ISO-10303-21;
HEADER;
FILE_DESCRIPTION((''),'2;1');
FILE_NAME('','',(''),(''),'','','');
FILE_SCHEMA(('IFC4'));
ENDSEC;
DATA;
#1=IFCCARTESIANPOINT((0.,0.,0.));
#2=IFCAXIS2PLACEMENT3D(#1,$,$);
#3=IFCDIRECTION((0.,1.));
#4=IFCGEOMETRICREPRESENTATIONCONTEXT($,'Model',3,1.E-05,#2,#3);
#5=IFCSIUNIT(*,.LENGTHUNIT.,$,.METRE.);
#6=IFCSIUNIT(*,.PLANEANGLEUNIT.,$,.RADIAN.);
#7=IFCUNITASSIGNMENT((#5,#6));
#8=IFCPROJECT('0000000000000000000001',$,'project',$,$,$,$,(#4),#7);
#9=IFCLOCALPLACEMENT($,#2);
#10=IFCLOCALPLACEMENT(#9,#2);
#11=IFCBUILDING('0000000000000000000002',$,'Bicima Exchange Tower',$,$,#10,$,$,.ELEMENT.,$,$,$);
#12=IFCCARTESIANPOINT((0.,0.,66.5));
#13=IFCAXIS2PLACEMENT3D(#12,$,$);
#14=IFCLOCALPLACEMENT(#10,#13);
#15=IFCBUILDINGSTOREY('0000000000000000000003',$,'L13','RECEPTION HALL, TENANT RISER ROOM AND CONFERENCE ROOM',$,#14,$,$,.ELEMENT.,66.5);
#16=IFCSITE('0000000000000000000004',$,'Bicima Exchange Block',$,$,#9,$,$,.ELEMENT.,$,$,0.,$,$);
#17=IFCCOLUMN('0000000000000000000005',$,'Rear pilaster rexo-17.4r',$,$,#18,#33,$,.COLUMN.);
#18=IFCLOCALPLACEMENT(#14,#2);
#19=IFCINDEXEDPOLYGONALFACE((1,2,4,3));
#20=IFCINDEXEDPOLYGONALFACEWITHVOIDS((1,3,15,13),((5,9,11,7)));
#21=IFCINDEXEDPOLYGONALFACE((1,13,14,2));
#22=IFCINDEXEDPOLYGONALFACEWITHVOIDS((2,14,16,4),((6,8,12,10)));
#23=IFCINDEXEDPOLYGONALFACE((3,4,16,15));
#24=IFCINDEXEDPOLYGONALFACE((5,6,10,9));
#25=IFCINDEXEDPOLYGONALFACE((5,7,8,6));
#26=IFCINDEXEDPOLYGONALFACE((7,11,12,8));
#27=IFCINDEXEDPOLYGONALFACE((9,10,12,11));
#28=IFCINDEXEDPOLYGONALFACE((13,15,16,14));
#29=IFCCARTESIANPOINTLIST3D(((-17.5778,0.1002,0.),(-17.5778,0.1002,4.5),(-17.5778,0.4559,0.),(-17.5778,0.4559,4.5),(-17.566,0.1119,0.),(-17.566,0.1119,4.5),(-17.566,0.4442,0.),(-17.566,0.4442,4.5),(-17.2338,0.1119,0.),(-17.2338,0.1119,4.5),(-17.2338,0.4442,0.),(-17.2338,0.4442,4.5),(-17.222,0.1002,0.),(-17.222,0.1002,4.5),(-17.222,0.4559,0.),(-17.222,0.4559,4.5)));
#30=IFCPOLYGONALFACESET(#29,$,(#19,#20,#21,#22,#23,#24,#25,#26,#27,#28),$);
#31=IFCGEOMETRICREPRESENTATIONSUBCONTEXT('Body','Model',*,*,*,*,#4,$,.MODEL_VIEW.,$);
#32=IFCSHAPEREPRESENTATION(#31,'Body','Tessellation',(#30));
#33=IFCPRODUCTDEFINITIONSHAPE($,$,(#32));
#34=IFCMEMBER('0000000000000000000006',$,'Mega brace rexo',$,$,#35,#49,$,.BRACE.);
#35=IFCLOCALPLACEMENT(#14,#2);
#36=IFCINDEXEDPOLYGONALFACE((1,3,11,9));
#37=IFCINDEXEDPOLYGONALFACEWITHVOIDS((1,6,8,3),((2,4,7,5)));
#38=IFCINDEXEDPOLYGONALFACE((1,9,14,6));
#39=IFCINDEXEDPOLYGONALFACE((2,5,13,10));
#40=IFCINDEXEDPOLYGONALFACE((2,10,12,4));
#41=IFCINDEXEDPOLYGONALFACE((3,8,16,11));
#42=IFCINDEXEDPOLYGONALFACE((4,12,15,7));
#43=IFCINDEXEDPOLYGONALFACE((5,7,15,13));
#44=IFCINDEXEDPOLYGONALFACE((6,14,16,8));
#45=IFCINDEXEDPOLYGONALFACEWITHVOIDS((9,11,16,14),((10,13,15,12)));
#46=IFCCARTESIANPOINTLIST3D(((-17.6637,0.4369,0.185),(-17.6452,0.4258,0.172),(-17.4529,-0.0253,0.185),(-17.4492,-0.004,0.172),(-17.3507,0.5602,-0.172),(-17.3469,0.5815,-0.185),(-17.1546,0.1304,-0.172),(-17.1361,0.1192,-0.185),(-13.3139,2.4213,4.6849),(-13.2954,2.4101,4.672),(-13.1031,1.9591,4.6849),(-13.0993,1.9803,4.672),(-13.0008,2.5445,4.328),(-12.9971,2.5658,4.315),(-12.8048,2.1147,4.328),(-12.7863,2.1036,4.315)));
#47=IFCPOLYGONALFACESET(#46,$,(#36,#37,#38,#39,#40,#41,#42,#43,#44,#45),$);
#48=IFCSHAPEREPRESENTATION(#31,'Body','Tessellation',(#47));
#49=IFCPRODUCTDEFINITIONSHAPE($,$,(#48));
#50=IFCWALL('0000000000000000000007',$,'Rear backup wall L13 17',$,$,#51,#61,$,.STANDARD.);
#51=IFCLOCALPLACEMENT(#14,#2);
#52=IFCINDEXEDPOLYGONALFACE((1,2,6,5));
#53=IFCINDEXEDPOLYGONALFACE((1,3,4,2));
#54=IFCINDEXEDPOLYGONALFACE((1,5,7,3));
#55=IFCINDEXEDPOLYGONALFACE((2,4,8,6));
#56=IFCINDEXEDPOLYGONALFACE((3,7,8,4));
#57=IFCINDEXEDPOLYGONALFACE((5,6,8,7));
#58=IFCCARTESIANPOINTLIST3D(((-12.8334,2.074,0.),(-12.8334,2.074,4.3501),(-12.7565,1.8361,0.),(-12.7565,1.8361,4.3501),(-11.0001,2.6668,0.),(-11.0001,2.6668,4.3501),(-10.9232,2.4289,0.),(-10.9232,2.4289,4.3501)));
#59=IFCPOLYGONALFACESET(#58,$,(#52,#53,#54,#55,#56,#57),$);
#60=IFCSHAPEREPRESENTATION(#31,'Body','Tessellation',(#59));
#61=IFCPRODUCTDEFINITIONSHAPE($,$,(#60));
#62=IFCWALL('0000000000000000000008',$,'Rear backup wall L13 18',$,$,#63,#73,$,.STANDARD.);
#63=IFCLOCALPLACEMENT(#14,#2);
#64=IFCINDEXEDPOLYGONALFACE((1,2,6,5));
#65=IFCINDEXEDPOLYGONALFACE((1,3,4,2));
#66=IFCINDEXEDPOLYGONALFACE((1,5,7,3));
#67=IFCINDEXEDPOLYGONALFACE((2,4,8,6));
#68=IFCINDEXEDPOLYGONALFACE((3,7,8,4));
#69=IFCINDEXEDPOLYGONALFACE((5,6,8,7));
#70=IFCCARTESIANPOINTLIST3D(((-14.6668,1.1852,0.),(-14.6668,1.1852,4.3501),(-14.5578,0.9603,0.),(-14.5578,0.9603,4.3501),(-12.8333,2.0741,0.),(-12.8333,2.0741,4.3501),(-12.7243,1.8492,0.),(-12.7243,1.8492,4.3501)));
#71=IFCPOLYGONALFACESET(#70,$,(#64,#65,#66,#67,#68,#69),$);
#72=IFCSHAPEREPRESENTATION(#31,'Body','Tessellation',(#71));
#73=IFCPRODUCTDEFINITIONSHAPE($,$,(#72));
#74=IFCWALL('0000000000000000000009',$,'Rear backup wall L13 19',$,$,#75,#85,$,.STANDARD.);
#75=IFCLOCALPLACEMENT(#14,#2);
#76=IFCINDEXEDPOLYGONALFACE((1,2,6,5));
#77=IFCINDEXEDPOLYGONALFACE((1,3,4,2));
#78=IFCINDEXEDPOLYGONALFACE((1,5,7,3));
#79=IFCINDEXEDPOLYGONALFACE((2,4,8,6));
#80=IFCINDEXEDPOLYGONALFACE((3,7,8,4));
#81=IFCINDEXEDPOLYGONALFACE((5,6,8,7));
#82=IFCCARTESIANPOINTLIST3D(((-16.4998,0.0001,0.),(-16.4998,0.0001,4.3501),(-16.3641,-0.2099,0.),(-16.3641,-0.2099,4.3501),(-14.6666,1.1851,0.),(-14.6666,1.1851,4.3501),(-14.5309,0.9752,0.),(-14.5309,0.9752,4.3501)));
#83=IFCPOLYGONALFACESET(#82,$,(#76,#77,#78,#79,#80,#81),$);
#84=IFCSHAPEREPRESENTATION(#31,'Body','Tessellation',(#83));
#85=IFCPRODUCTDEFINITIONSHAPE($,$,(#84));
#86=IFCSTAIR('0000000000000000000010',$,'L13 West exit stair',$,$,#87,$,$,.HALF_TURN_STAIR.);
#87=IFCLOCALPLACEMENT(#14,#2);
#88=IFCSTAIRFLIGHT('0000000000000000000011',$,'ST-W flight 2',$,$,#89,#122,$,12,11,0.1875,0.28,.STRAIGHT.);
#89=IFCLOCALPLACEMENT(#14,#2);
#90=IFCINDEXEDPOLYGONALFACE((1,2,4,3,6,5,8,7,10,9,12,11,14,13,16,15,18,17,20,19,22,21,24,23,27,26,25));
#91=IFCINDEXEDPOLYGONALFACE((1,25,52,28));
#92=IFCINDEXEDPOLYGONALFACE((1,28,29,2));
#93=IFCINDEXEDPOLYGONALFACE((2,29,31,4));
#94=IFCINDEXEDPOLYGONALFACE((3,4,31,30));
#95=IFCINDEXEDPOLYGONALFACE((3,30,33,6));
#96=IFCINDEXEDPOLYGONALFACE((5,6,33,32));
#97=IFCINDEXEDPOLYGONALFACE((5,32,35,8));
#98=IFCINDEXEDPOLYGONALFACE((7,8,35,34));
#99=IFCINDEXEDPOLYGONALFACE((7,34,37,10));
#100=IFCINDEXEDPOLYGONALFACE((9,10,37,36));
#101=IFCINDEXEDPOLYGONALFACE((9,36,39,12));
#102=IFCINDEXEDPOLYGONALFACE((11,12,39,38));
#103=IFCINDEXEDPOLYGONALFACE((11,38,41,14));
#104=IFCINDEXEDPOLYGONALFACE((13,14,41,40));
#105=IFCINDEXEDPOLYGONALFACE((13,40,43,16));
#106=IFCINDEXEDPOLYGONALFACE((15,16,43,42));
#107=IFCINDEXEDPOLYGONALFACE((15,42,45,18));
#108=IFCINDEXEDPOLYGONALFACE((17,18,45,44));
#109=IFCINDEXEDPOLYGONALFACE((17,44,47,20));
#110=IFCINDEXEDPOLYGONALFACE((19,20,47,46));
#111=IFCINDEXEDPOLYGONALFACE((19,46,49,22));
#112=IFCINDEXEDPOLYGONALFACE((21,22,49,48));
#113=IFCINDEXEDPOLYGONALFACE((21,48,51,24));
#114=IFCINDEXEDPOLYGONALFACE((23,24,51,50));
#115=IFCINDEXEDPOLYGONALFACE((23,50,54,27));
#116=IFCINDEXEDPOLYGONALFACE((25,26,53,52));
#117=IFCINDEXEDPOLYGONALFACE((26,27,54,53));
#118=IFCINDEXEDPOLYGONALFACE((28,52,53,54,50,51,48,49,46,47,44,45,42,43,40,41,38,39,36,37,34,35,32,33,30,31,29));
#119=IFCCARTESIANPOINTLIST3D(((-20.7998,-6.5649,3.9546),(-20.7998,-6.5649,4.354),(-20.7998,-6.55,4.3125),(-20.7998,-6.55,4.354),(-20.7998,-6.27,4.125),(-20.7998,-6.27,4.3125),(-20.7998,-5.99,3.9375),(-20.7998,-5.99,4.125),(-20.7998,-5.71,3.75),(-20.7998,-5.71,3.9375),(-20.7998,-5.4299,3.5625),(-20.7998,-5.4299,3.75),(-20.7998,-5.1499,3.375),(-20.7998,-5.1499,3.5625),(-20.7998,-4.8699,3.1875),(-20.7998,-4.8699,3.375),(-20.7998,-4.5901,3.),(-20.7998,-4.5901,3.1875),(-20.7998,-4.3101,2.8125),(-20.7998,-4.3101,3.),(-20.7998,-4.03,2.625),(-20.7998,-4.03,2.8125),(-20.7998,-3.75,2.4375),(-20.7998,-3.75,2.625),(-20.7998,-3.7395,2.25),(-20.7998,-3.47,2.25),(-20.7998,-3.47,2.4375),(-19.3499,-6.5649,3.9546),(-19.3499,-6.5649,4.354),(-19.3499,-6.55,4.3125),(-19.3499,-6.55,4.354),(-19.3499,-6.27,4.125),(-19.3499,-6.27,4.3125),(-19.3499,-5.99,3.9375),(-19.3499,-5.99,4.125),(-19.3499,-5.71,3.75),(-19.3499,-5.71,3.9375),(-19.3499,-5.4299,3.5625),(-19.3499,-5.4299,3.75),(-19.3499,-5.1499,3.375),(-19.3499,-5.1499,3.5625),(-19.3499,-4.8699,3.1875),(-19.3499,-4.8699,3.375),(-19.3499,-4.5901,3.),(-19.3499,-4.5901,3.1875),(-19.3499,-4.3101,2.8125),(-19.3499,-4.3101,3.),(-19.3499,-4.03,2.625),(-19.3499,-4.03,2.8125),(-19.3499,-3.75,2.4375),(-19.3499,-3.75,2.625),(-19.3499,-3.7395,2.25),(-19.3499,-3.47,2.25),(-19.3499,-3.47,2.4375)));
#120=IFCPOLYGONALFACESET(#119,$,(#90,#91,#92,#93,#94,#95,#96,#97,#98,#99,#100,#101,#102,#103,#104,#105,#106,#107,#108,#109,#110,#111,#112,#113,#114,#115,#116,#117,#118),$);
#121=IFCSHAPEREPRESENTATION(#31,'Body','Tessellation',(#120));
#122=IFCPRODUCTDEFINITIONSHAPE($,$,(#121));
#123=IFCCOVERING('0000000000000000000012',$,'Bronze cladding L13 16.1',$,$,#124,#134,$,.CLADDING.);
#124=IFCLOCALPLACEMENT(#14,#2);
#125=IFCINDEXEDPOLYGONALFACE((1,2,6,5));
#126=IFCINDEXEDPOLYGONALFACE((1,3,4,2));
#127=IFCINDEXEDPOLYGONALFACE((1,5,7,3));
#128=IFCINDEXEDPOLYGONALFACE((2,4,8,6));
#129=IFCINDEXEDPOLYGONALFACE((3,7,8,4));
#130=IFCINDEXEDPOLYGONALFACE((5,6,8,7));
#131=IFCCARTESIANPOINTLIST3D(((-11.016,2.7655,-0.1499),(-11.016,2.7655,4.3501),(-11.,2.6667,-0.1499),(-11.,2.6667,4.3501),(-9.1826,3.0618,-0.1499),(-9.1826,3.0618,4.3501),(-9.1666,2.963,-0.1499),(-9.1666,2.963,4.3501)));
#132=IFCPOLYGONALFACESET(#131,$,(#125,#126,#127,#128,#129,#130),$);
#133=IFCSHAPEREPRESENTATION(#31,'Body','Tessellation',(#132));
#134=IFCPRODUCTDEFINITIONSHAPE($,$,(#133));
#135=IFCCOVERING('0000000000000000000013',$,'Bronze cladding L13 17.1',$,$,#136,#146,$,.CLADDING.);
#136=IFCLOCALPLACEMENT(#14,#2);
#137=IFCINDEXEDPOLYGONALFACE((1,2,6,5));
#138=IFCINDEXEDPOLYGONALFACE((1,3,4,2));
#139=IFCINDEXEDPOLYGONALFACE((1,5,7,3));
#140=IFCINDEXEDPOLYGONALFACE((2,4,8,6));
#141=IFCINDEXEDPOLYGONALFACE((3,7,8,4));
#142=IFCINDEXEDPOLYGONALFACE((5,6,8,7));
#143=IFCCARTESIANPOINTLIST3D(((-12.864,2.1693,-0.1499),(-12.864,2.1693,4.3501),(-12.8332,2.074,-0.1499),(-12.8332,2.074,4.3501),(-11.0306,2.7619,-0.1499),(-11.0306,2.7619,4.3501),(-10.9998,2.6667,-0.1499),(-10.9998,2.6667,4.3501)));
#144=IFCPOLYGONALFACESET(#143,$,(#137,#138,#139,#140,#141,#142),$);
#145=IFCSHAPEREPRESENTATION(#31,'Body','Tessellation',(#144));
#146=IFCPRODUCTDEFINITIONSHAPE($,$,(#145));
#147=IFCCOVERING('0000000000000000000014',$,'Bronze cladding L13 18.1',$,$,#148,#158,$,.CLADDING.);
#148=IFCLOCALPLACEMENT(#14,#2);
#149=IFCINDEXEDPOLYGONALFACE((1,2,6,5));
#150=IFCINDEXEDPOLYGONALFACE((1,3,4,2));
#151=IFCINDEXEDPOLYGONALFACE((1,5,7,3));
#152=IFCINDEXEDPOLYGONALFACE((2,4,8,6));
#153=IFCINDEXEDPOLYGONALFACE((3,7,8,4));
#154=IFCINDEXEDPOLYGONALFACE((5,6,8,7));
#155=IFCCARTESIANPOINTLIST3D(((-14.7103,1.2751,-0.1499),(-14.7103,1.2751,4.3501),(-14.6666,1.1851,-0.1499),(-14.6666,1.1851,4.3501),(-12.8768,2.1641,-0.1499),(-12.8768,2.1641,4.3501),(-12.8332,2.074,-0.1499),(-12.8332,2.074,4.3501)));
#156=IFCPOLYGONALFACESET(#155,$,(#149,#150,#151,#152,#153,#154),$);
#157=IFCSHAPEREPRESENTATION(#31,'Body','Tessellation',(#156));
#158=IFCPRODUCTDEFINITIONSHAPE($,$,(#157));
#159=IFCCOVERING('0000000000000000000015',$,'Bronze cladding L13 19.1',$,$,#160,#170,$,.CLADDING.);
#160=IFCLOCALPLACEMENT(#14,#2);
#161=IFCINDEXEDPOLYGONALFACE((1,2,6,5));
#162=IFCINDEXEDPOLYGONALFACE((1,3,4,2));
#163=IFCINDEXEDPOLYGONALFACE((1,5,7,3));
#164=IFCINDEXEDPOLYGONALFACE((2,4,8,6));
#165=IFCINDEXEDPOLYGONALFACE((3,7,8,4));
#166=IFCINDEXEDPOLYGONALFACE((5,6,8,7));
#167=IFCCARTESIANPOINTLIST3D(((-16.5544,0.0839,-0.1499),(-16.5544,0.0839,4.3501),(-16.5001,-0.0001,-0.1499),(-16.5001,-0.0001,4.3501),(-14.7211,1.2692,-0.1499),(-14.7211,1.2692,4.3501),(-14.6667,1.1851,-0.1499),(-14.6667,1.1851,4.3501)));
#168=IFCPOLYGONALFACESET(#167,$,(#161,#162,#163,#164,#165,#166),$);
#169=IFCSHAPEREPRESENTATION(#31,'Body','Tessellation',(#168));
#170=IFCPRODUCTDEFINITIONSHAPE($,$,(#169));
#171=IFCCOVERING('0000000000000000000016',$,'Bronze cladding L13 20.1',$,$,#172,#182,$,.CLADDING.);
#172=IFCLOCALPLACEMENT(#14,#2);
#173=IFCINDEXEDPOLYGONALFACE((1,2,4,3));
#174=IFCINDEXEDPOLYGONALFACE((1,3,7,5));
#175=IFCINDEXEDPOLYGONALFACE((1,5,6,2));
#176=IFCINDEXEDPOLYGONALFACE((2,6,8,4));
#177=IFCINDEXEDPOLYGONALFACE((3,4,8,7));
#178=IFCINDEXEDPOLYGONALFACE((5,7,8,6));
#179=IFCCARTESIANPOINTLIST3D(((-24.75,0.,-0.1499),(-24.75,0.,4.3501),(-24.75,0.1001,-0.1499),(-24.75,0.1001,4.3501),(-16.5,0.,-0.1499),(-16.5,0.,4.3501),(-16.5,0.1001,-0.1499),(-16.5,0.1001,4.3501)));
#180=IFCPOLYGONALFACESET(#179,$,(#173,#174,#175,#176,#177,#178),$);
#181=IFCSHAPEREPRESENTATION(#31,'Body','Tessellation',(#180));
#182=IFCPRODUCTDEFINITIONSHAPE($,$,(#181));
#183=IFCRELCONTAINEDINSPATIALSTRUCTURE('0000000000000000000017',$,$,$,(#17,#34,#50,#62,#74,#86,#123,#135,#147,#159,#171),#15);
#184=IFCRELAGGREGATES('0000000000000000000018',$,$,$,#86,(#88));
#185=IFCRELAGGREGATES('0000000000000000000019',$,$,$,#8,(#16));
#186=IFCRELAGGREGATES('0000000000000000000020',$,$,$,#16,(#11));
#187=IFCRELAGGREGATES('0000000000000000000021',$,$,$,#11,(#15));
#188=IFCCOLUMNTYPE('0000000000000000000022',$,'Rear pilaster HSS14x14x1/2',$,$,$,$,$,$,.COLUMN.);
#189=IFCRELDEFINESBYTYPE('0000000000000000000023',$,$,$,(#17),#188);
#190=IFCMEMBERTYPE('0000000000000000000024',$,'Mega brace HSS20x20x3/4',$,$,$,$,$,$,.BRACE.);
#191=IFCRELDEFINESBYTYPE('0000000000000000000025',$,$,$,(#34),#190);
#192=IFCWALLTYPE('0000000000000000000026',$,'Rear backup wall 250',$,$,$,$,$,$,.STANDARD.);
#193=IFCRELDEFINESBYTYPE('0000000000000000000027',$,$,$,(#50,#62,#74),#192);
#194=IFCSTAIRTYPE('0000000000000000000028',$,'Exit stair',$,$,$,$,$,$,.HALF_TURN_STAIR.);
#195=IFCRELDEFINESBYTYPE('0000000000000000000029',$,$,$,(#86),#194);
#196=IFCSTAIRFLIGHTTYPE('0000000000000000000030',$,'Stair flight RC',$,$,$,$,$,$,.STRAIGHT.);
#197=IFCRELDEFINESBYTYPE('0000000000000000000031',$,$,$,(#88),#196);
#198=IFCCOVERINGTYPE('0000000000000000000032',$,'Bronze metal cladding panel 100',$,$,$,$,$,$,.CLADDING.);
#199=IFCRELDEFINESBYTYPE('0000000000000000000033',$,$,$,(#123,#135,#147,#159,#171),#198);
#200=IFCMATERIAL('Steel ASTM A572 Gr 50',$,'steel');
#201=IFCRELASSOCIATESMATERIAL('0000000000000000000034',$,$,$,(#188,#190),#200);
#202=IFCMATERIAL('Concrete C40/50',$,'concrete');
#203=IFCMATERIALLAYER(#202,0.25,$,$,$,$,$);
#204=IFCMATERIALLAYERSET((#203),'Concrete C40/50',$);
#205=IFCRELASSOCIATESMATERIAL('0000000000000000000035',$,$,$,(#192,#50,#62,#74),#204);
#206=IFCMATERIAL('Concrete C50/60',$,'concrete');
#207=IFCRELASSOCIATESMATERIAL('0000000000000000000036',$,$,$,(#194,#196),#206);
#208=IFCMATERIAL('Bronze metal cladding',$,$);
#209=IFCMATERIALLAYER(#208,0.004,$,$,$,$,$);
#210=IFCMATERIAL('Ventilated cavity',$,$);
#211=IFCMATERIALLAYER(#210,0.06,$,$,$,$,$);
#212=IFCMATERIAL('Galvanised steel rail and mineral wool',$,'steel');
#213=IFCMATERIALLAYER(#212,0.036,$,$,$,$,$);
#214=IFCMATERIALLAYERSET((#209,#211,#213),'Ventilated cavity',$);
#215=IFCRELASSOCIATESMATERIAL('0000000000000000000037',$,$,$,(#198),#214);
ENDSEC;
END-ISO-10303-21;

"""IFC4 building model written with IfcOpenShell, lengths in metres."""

from ifc_helpers import new_model, si_unit, direction, frame, frame_2d, origin, origin_2d, place, context, subcontext, project, spatial, polyline, rectangle, hollow_rectangle, outline, extrude, material, layer, layer_set, layer_usage, material_profile, profile_set, type_object, element, aggregate, save


model = new_model("IFC4")

# Units and contexts
model_context = context("Model", 3, precision=1e-05, world=origin(), true_north=direction((0.0, 1.0)))
body_context = subcontext(model_context, "Body", "Model", "MODEL_VIEW")
ifc_project = project(units=[si_unit("LENGTHUNIT", "METRE"), si_unit("PLANEANGLEUNIT", "RADIAN")], contexts=[model_context])

# Site, building, storey
site_placement = place(None, origin())
site = spatial("IfcSite", under=ifc_project, at=site_placement, Name="Bicima Exchange Block", CompositionType="ELEMENT", RefElevation=0.0)
building_placement = place(site_placement, origin())
building = spatial("IfcBuilding", under=site, at=building_placement, Name="Bicima Exchange Tower", CompositionType="ELEMENT")
storey_placement = place(building_placement, frame((0.0, 0.0, 66.5)))
storey = spatial("IfcBuildingStorey", under=building, at=storey_placement, Name="L13", Description="RECEPTION HALL, TENANT RISER ROOM AND CONFERENCE ROOM", CompositionType="ELEMENT", Elevation=66.5)

# Column
ifc_material_1 = material(Name="Steel ASTM A572 Gr 50", Category="steel")
ifc_material_profile_1 = material_profile(ifc_material_1, hollow_rectangle(XDim=0.3557, YDim=0.3557, WallThickness=0.0117, at=origin_2d()))
ifc_profile_set_1 = profile_set([ifc_material_profile_1], Name="Steel ASTM A572 Gr 50")
column_type = type_object("IfcColumnType", Name="Rear pilaster HSS14x14x1/2", PredefinedType="COLUMN", material=ifc_profile_set_1)
column_placement = place(storey_placement, frame((-17.3999, 0.2781, 0.0), z_axis=(0.0, 0.0, 1.0), x_axis=(1.0, 0.0, 0.0)))
element("IfcColumn", 1, at=column_placement, inside=storey, type_object=column_type, Name="Rear pilaster rexo-17.4r", PredefinedType="COLUMN", context=body_context, shape_type="SweptSolid", body=[
    extrude(hollow_rectangle(XDim=0.3557, YDim=0.3557, WallThickness=0.0117, at=origin_2d()), origin(), (0.0, 0.0, 1.0), 4.5),
])

# Member
ifc_material_profile_2 = material_profile(ifc_material_1, hollow_rectangle(XDim=0.5081, YDim=0.5081, WallThickness=0.0178, at=origin_2d()))
ifc_profile_set_2 = profile_set([ifc_material_profile_2], Name="Steel ASTM A572 Gr 50")
member_type = type_object("IfcMemberType", Name="Mega brace HSS20x20x3/4", PredefinedType="BRACE", material=ifc_profile_set_2)
member_placement = place(storey_placement, frame((-17.3999, 0.2781, 0.0), z_axis=(0.662508, 0.302232, 0.685376), x_axis=(-0.415045, 0.909801, 0.0)))
element("IfcMember", 2, at=member_placement, inside=storey, type_object=member_type, Name="Mega brace rexo", PredefinedType="BRACE", context=body_context, shape_type="SweptSolid", body=[
    extrude(hollow_rectangle(XDim=0.5081, YDim=0.5081, WallThickness=0.0178, at=origin_2d()), origin(), (0.0, 0.0, 1.0), 6.5657),
])

# Walls
ifc_material_2 = material(Name="Concrete C40/50", Category="concrete")
ifc_layer_1 = layer(ifc_material_2, 0.25)
ifc_layer_set_1 = layer_set([ifc_layer_1], Name="Concrete C40/50")
ifc_layer_usage = layer_usage(ifc_layer_set_1, "AXIS2", "POSITIVE", -0.125)
wall_type = type_object("IfcWallType", Name="Rear backup wall 250", PredefinedType="STANDARD", material=ifc_layer_set_1)
wall_1_placement = place(storey_placement, frame((-10.9617, 2.5479, 0.0), z_axis=(0.0, 0.0, 1.0), x_axis=(-0.951496, -0.307662, 0.0)))
element("IfcWall", 3, at=wall_1_placement, inside=storey, type_object=wall_type, material=ifc_layer_usage, Name="Rear backup wall L13 17", PredefinedType="STANDARD", context=body_context, shape_type="SweptSolid", body=[
    extrude(rectangle(XDim=1.9268, YDim=0.25, at=frame_2d((0.9634, 0.0))), origin(), (0.0, 0.0, 1.0), 4.3501),
])
wall_2_placement = place(storey_placement, frame((-12.7788, 1.9617, 0.0), z_axis=(0.0, 0.0, 1.0), x_axis=(-0.899824, -0.436253, 0.0)))
element("IfcWall", 4, at=wall_2_placement, inside=storey, type_object=wall_type, material=ifc_layer_usage, Name="Rear backup wall L13 18", PredefinedType="STANDARD", context=body_context, shape_type="SweptSolid", body=[
    extrude(rectangle(XDim=2.0376, YDim=0.25, at=frame_2d((1.0188, 0.0))), origin(), (0.0, 0.0, 1.0), 4.3501),
])
wall_3_placement = place(storey_placement, frame((-14.5989, 1.0801, 0.0), z_axis=(0.0, 0.0, 1.0), x_axis=(-0.839813, -0.542876, 0.0)))
element("IfcWall", 5, at=wall_3_placement, inside=storey, type_object=wall_type, material=ifc_layer_usage, Name="Rear backup wall L13 19", PredefinedType="STANDARD", context=body_context, shape_type="SweptSolid", body=[
    extrude(rectangle(XDim=2.1829, YDim=0.25, at=frame_2d((1.0913, 0.0))), origin(), (0.0, 0.0, 1.0), 4.3501),
])

# Stair, stair flight
ifc_material_3 = material(Name="Concrete C50/60", Category="concrete")
stair_type = type_object("IfcStairType", Name="Exit stair", PredefinedType="HALF_TURN_STAIR", material=ifc_material_3)
stair_placement = place(storey_placement, origin())
stair = element("IfcStair", 6, at=stair_placement, inside=storey, type_object=stair_type, Name="L13 West exit stair", PredefinedType="HALF_TURN_STAIR")
stair_flight_type = type_object("IfcStairFlightType", Name="Stair flight RC", PredefinedType="STRAIGHT", material=ifc_material_3)
stair_flight_placement = place(storey_placement, frame((-20.075, -3.47, 2.25), z_axis=(0.0, 0.0, 1.0), x_axis=(0.0, -1.0, 0.0)))
stair_flight = element("IfcStairFlight", 7, at=stair_flight_placement, type_object=stair_flight_type, Name="ST-W flight 2", NumberOfRisers=12, NumberOfTreads=11, PredefinedType="STRAIGHT", RiserHeight=0.1875, TreadLength=0.28, context=body_context, shape_type="SweptSolid", body=[
    extrude(outline(polyline([(0.0, 0.0), (0.0, 0.1875), (0.28, 0.1875), (0.28, 0.375), (0.5601, 0.375), (0.5601, 0.5625), (0.8401, 0.5625), (0.8401, 0.75), (1.1201, 0.75), (1.1201, 0.9375), (1.3999, 0.9375), (1.3999, 1.125), (1.6799, 1.125), (1.6799, 1.3125), (1.96, 1.3125), (1.96, 1.5), (2.24, 1.5), (2.24, 1.6875), (2.52, 1.6875), (2.52, 1.875), (2.8, 1.875), (2.8, 2.0625), (3.0801, 2.0625), (3.0801, 2.104), (3.095, 2.104), (3.095, 1.7046), (0.2695, 0.0), (0.0, 0.0)])), frame((0.0, 0.7251, 0.0), z_axis=(0.0, -1.0, 0.0), x_axis=(1.0, 0.0, 0.0)), (0.0, 0.0, 1.0), 1.45),
])
aggregate(stair, [stair_flight])

# Coverings
ifc_material_4 = material(Name="Bronze metal cladding")
ifc_layer_2 = layer(ifc_material_4, 0.004)
ifc_material_5 = material(Name="Ventilated cavity")
ifc_layer_3 = layer(ifc_material_5, 0.06)
ifc_material_6 = material(Name="Galvanised steel rail and mineral wool", Category="steel")
ifc_layer_4 = layer(ifc_material_6, 0.036)
ifc_layer_set_2 = layer_set([ifc_layer_2, ifc_layer_3, ifc_layer_4], Name="Ventilated cavity")
covering_type = type_object("IfcCoveringType", Name="Bronze metal cladding panel 100", PredefinedType="CLADDING", material=ifc_layer_set_2)
covering_1_placement = place(storey_placement, frame((-10.0913, 2.8643, -0.1499), z_axis=(0.0, 0.0, 1.0), x_axis=(-0.98719, -0.15955, 0.0)))
element("IfcCovering", 8, at=covering_1_placement, inside=storey, type_object=covering_type, Name="Bronze cladding L13 16.1", PredefinedType="CLADDING", context=body_context, shape_type="SweptSolid", body=[
    extrude(rectangle(XDim=1.8572, YDim=0.1001, at=origin_2d()), origin(), (0.0, 0.0, 1.0), 4.5),
])
covering_2_placement = place(storey_placement, frame((-11.9319, 2.418, -0.1499), z_axis=(0.0, 0.0, 1.0), x_axis=(-0.951525, -0.307573, 0.0)))
element("IfcCovering", 9, at=covering_2_placement, inside=storey, type_object=covering_type, Name="Bronze cladding L13 17.1", PredefinedType="CLADDING", context=body_context, shape_type="SweptSolid", body=[
    extrude(rectangle(XDim=1.9268, YDim=0.1001, at=origin_2d()), origin(), (0.0, 0.0, 1.0), 4.5),
])
covering_3_placement = place(storey_placement, frame((-13.7717, 1.6746, -0.1499), z_axis=(0.0, 0.0, 1.0), x_axis=(-0.899818, -0.436265, 0.0)))
element("IfcCovering", 10, at=covering_3_placement, inside=storey, type_object=covering_type, Name="Bronze cladding L13 18.1", PredefinedType="CLADDING", context=body_context, shape_type="SweptSolid", body=[
    extrude(rectangle(XDim=2.0376, YDim=0.1001, at=origin_2d()), origin(), (0.0, 0.0, 1.0), 4.5),
])
covering_4_placement = place(storey_placement, frame((-15.6106, 0.6345, -0.1499), z_axis=(0.0, 0.0, 1.0), x_axis=(-0.83979, -0.542911, 0.0)))
element("IfcCovering", 11, at=covering_4_placement, inside=storey, type_object=covering_type, Name="Bronze cladding L13 19.1", PredefinedType="CLADDING", context=body_context, shape_type="SweptSolid", body=[
    extrude(rectangle(XDim=2.1831, YDim=0.1001, at=origin_2d()), origin(), (0.0, 0.0, 1.0), 4.5),
])
covering_5_placement = place(storey_placement, frame((-20.625, 0.05, -0.1499), z_axis=(0.0, 0.0, 1.0), x_axis=(-1.0, 0.0, 0.0)))
element("IfcCovering", 12, at=covering_5_placement, inside=storey, type_object=covering_type, Name="Bronze cladding L13 20.1", PredefinedType="CLADDING", context=body_context, shape_type="SweptSolid", body=[
    extrude(rectangle(XDim=8.25, YDim=0.1001, at=origin_2d()), origin(), (0.0, 0.0, 1.0), 4.5),
])

save(model, "model.ifc")
